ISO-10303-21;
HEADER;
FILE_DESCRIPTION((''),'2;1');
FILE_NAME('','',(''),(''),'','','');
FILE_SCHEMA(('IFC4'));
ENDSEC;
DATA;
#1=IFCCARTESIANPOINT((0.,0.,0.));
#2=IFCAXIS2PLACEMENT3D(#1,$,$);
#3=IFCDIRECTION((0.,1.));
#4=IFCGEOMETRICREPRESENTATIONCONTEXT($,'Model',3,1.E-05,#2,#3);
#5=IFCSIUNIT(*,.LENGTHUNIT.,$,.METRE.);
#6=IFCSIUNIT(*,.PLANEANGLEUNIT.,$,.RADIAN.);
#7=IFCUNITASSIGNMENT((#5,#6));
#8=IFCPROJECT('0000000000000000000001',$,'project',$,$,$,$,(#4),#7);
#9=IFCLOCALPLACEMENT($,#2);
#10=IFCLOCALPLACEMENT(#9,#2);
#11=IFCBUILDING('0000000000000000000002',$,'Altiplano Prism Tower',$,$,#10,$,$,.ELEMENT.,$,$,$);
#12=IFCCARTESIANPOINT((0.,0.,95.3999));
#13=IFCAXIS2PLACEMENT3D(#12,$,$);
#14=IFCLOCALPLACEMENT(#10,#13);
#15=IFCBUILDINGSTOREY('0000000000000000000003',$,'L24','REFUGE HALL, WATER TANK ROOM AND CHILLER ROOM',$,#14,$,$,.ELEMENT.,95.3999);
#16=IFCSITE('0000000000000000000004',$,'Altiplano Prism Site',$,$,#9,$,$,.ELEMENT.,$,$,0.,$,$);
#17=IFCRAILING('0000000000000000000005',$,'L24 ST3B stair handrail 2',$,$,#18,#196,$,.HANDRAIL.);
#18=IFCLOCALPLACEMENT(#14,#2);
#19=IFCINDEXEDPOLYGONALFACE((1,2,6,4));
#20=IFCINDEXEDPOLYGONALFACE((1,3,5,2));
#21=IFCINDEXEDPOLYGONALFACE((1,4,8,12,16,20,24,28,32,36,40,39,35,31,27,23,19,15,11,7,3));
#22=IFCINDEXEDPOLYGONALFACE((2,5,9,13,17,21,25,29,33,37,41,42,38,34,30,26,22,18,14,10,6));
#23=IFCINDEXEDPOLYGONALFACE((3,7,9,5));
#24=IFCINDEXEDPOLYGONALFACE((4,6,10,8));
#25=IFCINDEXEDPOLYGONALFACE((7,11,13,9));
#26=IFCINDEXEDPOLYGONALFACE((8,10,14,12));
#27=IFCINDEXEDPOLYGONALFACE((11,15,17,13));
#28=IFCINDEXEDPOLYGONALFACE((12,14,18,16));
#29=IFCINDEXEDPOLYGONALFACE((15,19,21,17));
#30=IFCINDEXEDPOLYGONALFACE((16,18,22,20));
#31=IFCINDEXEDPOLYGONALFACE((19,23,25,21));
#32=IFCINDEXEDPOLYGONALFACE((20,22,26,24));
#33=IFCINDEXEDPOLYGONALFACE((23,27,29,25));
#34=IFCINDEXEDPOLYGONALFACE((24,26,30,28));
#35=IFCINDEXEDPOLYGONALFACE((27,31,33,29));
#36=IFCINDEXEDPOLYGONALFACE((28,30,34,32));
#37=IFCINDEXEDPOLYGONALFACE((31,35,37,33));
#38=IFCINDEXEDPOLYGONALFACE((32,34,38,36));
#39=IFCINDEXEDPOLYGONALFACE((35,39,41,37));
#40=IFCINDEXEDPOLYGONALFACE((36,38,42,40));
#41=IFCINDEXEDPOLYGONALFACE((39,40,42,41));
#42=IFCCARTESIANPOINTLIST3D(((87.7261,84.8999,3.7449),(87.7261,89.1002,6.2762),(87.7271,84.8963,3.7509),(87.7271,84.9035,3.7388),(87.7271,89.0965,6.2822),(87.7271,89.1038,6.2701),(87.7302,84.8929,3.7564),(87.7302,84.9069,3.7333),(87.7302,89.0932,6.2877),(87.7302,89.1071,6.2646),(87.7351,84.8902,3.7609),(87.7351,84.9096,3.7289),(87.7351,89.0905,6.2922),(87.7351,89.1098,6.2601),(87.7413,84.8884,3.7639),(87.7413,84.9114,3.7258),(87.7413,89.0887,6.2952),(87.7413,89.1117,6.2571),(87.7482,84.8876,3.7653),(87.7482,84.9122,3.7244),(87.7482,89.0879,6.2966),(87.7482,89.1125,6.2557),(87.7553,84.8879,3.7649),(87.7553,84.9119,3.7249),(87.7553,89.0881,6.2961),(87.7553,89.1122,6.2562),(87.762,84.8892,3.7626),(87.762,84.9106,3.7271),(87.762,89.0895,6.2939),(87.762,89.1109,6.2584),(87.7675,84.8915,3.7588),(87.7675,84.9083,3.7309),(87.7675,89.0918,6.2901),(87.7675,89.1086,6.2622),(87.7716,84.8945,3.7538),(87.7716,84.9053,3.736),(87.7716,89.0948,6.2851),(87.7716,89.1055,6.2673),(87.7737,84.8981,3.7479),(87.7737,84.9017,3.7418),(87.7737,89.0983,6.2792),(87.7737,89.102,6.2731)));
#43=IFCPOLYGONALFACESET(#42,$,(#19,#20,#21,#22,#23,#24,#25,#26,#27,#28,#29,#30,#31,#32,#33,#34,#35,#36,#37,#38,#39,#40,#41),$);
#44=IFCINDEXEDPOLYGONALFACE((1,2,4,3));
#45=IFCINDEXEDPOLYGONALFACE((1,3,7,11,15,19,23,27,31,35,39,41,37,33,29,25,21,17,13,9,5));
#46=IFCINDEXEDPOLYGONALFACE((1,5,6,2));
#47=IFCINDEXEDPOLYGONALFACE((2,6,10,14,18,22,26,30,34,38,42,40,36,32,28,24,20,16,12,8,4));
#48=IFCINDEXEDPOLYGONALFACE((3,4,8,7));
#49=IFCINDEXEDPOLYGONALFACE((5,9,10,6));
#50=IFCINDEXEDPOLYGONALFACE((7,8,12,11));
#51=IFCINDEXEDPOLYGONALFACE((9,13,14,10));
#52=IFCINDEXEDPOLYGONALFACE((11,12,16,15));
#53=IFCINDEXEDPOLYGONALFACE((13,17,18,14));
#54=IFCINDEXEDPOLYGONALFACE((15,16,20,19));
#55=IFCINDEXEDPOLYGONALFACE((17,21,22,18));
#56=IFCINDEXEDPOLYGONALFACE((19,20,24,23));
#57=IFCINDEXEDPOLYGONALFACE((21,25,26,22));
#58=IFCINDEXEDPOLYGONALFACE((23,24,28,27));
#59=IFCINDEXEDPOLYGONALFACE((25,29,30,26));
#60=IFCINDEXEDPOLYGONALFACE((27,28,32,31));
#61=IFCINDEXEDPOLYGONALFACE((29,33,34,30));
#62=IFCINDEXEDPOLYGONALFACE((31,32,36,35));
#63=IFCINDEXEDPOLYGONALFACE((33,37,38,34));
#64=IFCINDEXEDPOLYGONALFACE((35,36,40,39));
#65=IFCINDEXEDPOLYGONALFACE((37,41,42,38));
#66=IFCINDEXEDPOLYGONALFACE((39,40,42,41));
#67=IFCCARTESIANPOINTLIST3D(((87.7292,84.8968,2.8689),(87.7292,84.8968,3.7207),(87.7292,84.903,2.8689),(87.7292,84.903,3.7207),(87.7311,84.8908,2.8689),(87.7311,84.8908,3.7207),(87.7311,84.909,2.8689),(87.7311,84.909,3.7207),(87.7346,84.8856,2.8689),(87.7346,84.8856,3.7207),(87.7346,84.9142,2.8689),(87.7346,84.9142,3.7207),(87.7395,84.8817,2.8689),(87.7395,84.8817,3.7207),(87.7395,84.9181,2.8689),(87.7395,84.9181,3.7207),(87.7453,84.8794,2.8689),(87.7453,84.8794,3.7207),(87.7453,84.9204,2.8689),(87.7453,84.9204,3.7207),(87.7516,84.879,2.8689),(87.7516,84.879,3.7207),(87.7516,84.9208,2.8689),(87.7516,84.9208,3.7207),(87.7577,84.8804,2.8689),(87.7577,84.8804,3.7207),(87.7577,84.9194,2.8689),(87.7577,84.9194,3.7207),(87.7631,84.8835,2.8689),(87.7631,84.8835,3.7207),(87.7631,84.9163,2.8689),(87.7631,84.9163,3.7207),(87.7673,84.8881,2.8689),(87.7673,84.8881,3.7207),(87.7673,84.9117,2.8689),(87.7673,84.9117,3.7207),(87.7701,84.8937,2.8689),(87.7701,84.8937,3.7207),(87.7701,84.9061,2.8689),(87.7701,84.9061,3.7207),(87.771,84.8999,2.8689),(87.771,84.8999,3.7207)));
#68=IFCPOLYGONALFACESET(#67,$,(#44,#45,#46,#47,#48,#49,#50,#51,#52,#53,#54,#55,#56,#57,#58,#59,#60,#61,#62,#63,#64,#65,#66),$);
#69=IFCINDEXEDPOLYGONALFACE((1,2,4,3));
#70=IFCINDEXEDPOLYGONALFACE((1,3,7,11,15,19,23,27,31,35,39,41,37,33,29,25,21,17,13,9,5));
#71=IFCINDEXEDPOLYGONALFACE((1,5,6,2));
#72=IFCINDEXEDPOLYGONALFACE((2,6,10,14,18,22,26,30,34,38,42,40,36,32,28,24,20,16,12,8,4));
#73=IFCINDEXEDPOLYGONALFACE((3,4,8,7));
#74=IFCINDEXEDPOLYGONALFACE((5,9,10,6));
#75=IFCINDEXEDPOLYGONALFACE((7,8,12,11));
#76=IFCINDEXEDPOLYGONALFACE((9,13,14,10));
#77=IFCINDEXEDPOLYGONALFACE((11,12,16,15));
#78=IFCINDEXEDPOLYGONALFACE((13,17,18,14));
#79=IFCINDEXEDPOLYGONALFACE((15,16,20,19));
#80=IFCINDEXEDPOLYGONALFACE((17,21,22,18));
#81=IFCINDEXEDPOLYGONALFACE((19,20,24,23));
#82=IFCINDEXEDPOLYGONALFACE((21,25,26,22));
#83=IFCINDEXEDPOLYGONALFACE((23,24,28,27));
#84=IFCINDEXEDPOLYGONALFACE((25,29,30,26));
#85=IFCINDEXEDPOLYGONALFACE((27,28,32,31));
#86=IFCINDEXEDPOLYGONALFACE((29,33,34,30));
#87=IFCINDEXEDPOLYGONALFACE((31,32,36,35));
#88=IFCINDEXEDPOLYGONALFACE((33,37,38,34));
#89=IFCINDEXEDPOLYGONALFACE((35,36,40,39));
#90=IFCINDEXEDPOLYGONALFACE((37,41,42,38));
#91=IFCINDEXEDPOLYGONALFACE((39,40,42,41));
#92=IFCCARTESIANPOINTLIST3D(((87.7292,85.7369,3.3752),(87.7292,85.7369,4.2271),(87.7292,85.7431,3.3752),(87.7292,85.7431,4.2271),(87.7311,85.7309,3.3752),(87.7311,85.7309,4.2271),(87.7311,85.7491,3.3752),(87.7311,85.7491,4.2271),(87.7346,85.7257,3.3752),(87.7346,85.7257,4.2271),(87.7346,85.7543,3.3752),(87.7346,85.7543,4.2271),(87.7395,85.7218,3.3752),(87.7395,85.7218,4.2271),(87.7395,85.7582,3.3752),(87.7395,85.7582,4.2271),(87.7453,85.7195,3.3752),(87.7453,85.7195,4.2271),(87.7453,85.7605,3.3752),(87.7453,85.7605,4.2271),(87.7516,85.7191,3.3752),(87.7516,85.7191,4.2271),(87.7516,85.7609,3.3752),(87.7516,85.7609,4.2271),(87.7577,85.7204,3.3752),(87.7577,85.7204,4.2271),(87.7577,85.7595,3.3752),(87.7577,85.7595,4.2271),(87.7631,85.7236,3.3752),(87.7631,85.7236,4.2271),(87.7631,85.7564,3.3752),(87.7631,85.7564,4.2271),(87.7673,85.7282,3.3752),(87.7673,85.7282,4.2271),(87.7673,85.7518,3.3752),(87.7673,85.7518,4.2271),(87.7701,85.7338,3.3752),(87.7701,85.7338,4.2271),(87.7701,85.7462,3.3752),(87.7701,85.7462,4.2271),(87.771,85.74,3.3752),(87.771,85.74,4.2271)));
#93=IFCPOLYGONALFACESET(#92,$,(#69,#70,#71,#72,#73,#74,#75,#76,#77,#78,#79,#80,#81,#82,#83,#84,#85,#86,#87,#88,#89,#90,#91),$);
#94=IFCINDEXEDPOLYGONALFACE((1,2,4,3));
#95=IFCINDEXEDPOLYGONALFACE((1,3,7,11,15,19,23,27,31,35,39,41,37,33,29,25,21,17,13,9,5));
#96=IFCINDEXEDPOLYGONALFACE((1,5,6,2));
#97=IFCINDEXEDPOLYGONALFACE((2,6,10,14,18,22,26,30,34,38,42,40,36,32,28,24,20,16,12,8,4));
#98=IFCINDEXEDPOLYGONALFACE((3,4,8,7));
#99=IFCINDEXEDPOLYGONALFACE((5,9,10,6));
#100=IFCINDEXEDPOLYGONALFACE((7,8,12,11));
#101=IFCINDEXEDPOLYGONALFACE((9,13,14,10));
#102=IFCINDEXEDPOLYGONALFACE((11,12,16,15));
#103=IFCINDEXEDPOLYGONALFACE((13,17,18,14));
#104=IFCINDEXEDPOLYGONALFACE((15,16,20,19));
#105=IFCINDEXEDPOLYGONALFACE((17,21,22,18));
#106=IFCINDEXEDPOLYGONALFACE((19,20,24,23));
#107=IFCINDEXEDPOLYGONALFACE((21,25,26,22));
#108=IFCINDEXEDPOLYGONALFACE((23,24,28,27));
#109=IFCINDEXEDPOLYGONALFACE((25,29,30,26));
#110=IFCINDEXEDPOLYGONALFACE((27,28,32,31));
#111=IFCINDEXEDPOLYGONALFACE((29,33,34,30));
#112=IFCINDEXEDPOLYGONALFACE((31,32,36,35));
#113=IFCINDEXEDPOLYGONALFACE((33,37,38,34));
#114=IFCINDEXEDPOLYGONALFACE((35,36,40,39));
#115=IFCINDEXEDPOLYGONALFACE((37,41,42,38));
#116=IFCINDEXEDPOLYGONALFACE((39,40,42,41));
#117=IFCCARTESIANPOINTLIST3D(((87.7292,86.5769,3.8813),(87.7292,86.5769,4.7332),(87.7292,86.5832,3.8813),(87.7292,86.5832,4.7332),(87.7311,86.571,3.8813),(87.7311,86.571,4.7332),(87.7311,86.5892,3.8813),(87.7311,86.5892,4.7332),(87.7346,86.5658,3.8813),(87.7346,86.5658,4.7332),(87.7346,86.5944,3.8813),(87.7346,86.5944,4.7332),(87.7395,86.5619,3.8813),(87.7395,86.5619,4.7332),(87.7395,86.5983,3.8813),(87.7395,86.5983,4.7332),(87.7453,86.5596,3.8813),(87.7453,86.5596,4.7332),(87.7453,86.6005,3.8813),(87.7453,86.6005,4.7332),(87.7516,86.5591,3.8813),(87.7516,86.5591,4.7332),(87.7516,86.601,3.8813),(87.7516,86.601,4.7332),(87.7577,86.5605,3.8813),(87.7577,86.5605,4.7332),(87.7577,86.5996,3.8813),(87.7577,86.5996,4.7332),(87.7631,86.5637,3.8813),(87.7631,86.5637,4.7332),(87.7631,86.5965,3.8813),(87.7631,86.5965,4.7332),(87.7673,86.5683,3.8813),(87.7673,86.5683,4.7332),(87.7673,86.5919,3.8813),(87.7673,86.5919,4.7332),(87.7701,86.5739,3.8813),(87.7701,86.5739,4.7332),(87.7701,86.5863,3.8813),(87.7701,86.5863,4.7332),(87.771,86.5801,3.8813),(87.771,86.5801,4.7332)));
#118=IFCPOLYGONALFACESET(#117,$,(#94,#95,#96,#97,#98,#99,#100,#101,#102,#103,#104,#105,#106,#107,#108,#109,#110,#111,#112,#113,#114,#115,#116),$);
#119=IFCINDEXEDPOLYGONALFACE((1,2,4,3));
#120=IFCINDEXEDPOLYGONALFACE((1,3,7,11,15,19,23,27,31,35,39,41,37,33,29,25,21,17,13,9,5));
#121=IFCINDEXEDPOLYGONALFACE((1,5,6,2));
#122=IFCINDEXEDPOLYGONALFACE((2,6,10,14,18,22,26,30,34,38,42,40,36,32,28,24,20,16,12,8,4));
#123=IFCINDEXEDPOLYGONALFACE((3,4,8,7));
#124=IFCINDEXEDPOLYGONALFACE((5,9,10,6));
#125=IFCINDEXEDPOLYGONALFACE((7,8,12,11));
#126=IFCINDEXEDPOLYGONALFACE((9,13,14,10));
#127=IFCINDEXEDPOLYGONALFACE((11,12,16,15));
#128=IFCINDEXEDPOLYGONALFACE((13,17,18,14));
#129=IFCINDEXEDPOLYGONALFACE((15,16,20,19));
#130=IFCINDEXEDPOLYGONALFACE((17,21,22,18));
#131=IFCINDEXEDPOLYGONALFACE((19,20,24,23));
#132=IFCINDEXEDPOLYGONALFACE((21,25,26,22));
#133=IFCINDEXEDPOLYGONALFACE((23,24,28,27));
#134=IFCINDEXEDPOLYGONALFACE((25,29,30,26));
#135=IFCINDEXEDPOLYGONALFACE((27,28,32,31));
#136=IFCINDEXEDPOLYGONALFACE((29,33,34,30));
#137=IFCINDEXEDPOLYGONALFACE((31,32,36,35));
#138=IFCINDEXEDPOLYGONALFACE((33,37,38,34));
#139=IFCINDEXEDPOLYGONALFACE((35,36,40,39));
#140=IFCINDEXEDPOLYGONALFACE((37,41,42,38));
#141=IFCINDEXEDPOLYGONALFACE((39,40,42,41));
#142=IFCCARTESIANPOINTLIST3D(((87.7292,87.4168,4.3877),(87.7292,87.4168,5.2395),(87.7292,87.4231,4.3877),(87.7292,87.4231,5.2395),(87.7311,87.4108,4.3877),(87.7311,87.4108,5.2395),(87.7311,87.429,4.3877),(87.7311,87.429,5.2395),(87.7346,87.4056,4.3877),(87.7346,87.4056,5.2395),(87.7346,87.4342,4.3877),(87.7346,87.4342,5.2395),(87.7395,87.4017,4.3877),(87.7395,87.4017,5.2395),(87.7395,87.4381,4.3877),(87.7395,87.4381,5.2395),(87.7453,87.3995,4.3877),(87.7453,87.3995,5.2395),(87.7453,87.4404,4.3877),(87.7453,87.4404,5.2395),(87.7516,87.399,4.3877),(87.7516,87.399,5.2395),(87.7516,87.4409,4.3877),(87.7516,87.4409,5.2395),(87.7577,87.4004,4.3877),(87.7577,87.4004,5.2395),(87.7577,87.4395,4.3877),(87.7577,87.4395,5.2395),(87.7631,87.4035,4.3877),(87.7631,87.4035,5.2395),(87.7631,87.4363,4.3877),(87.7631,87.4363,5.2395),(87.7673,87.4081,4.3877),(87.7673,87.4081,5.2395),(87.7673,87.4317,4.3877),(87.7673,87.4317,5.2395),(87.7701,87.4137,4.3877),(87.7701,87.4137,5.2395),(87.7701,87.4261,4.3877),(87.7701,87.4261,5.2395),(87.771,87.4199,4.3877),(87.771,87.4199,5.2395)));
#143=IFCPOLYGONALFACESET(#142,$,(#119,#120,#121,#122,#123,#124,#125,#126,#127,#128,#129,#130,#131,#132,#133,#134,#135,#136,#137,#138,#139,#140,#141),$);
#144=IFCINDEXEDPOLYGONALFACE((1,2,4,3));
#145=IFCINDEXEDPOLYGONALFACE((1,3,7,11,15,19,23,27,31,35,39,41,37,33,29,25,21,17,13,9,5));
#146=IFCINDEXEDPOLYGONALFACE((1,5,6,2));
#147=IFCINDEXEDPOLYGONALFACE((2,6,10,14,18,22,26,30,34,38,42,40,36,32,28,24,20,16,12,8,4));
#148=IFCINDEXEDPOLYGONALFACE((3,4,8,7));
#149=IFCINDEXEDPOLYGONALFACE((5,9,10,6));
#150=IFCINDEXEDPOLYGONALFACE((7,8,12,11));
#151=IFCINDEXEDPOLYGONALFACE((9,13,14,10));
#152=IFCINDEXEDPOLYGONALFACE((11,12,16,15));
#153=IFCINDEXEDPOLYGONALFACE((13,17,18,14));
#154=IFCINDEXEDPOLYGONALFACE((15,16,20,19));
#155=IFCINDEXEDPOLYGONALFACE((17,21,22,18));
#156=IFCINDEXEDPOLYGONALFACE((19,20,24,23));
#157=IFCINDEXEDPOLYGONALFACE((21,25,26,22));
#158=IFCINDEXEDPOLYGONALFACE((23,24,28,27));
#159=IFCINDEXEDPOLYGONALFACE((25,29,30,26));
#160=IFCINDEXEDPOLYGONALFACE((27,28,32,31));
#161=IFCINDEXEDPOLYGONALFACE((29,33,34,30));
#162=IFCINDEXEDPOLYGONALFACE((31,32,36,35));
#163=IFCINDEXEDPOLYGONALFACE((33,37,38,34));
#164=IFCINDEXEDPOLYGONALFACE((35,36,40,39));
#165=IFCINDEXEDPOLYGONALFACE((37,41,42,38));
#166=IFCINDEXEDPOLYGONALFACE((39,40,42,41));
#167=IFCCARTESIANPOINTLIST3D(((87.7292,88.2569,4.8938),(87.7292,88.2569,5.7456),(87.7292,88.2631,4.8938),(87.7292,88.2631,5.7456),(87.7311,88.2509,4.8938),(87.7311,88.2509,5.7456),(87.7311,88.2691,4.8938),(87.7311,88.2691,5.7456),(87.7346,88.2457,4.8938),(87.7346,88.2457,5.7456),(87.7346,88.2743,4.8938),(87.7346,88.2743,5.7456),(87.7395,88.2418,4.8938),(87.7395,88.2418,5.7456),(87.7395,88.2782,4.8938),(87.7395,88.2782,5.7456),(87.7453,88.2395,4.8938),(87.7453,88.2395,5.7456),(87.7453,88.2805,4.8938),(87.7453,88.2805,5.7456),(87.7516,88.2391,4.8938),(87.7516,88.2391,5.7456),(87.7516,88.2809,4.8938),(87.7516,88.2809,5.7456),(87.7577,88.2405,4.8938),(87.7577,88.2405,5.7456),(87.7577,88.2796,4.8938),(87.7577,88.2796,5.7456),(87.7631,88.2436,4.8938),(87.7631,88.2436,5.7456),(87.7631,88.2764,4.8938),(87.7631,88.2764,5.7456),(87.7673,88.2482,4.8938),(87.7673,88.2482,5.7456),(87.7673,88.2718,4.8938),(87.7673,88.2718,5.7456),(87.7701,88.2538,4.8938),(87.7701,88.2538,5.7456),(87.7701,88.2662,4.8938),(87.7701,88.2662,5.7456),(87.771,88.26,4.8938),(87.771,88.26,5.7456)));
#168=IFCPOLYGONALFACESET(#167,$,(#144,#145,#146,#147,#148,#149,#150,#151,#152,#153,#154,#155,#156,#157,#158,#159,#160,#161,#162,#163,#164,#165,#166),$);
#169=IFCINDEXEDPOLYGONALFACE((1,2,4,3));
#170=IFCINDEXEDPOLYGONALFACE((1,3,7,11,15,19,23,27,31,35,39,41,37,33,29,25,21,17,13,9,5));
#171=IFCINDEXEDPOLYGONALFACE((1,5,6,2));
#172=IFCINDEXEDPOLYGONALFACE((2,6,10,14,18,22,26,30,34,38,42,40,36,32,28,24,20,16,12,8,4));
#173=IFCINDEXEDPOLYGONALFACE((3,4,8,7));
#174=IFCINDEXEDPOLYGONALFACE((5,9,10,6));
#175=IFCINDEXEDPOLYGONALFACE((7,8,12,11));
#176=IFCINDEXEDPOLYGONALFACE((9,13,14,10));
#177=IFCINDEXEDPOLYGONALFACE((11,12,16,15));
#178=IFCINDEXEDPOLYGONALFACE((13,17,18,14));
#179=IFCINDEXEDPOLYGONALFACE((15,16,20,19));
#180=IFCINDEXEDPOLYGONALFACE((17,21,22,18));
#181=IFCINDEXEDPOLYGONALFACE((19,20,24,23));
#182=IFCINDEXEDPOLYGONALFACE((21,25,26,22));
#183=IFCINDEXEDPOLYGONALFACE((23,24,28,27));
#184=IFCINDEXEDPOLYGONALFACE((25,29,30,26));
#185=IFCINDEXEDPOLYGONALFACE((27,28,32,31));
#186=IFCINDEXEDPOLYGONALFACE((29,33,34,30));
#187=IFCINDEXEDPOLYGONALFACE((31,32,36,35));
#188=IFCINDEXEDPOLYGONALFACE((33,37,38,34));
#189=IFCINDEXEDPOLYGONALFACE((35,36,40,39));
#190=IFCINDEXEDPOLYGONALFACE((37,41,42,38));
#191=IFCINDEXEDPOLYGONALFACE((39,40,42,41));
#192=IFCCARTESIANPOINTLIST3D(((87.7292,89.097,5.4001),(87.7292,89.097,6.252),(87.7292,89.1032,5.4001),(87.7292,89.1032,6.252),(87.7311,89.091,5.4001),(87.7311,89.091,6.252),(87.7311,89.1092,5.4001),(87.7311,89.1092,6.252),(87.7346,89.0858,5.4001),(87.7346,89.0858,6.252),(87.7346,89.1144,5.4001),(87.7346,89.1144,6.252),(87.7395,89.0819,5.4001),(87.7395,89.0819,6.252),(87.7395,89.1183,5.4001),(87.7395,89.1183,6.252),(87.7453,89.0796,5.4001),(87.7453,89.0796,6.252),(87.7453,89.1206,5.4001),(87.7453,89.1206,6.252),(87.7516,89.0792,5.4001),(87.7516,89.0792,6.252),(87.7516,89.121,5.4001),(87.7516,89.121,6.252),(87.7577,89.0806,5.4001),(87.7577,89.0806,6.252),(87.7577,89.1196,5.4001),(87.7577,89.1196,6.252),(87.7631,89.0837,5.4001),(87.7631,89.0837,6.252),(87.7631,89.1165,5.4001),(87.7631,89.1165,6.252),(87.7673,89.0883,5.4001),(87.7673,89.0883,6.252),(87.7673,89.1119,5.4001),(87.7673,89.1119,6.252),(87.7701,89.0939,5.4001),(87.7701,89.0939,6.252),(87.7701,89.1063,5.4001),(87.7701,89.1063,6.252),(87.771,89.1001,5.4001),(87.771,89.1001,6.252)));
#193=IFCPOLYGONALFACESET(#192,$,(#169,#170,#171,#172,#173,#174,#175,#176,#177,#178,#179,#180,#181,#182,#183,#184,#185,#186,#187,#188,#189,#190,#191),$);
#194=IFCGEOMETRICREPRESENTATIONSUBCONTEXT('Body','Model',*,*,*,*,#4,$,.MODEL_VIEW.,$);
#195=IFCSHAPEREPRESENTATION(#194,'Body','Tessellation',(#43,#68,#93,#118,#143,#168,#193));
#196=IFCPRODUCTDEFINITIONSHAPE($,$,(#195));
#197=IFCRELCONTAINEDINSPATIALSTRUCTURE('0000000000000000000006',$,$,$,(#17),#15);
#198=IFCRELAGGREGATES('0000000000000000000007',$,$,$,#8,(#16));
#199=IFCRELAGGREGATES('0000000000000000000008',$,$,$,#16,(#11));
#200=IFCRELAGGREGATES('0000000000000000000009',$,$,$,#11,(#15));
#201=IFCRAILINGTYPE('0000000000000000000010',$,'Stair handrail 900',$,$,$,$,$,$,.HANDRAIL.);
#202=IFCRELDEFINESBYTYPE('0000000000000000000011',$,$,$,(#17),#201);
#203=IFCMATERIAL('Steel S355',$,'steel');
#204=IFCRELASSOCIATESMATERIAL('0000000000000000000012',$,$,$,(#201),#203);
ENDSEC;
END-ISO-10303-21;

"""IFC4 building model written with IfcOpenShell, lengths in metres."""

from ifc_helpers import new_model, si_unit, direction, frame, origin, origin_2d, place, context, subcontext, project, spatial, circle, extrude, material, type_object, element, save


model = new_model("IFC4")

# Units and contexts
model_context = context("Model", 3, precision=1e-05, world=origin(), true_north=direction((0.0, 1.0)))
body_context = subcontext(model_context, "Body", "Model", "MODEL_VIEW")
ifc_project = project(units=[si_unit("LENGTHUNIT", "METRE"), si_unit("PLANEANGLEUNIT", "RADIAN")], contexts=[model_context])

# Site, building, storey
site_placement = place(None, origin())
site = spatial("IfcSite", under=ifc_project, at=site_placement, Name="Altiplano Prism Site", CompositionType="ELEMENT", RefElevation=0.0)
building_placement = place(site_placement, origin())
building = spatial("IfcBuilding", under=site, at=building_placement, Name="Altiplano Prism Tower", CompositionType="ELEMENT")
storey_placement = place(building_placement, frame((0.0, 0.0, 95.3999)))
storey = spatial("IfcBuildingStorey", under=building, at=storey_placement, Name="L24", Description="REFUGE HALL, WATER TANK ROOM AND CHILLER ROOM", CompositionType="ELEMENT", Elevation=95.3999)

# Shared definitions
ifc_material_1 = material(Name="Steel S355", Category="steel")

# Railing
railing_type = type_object("IfcRailingType", Name="Stair handrail 900", PredefinedType="HANDRAIL", material=ifc_material_1)
for number, where, name in (
    (1, (87.75, 84.8999, 2.8689), "L24 ST3B stair handrail 2"),
):
    element("IfcRailing", number, at=place(storey_placement, frame(where)), inside=storey, type_object=railing_type, Name=name, PredefinedType="HANDRAIL", context=body_context, shape_type="SweptSolid", body=[
        extrude(circle(Radius=0.0239, at=origin_2d()), frame((0.0, 0.0, 0.876), z_axis=(0.0, 0.85649, 0.516164), x_axis=(-1.0, 0.0, 0.0)), (0.0, 0.0, 1.0), 4.9041),
        extrude(circle(Radius=0.021, at=origin_2d()), origin(), (0.0, 0.0, 1.0), 0.8518),
        extrude(circle(Radius=0.021, at=origin_2d()), frame((0.0, 0.8401, 0.5063)), (0.0, 0.0, 1.0), 0.8518),
        extrude(circle(Radius=0.021, at=origin_2d()), frame((0.0, 1.6802, 1.0125)), (0.0, 0.0, 1.0), 0.8518),
        extrude(circle(Radius=0.021, at=origin_2d()), frame((0.0, 2.52, 1.5188)), (0.0, 0.0, 1.0), 0.8518),
        extrude(circle(Radius=0.021, at=origin_2d()), frame((0.0, 3.3601, 2.0249)), (0.0, 0.0, 1.0), 0.8518),
        extrude(circle(Radius=0.021, at=origin_2d()), frame((0.0, 4.2002, 2.5312)), (0.0, 0.0, 1.0), 0.8518),
    ])

save(model, "model.ifc")
